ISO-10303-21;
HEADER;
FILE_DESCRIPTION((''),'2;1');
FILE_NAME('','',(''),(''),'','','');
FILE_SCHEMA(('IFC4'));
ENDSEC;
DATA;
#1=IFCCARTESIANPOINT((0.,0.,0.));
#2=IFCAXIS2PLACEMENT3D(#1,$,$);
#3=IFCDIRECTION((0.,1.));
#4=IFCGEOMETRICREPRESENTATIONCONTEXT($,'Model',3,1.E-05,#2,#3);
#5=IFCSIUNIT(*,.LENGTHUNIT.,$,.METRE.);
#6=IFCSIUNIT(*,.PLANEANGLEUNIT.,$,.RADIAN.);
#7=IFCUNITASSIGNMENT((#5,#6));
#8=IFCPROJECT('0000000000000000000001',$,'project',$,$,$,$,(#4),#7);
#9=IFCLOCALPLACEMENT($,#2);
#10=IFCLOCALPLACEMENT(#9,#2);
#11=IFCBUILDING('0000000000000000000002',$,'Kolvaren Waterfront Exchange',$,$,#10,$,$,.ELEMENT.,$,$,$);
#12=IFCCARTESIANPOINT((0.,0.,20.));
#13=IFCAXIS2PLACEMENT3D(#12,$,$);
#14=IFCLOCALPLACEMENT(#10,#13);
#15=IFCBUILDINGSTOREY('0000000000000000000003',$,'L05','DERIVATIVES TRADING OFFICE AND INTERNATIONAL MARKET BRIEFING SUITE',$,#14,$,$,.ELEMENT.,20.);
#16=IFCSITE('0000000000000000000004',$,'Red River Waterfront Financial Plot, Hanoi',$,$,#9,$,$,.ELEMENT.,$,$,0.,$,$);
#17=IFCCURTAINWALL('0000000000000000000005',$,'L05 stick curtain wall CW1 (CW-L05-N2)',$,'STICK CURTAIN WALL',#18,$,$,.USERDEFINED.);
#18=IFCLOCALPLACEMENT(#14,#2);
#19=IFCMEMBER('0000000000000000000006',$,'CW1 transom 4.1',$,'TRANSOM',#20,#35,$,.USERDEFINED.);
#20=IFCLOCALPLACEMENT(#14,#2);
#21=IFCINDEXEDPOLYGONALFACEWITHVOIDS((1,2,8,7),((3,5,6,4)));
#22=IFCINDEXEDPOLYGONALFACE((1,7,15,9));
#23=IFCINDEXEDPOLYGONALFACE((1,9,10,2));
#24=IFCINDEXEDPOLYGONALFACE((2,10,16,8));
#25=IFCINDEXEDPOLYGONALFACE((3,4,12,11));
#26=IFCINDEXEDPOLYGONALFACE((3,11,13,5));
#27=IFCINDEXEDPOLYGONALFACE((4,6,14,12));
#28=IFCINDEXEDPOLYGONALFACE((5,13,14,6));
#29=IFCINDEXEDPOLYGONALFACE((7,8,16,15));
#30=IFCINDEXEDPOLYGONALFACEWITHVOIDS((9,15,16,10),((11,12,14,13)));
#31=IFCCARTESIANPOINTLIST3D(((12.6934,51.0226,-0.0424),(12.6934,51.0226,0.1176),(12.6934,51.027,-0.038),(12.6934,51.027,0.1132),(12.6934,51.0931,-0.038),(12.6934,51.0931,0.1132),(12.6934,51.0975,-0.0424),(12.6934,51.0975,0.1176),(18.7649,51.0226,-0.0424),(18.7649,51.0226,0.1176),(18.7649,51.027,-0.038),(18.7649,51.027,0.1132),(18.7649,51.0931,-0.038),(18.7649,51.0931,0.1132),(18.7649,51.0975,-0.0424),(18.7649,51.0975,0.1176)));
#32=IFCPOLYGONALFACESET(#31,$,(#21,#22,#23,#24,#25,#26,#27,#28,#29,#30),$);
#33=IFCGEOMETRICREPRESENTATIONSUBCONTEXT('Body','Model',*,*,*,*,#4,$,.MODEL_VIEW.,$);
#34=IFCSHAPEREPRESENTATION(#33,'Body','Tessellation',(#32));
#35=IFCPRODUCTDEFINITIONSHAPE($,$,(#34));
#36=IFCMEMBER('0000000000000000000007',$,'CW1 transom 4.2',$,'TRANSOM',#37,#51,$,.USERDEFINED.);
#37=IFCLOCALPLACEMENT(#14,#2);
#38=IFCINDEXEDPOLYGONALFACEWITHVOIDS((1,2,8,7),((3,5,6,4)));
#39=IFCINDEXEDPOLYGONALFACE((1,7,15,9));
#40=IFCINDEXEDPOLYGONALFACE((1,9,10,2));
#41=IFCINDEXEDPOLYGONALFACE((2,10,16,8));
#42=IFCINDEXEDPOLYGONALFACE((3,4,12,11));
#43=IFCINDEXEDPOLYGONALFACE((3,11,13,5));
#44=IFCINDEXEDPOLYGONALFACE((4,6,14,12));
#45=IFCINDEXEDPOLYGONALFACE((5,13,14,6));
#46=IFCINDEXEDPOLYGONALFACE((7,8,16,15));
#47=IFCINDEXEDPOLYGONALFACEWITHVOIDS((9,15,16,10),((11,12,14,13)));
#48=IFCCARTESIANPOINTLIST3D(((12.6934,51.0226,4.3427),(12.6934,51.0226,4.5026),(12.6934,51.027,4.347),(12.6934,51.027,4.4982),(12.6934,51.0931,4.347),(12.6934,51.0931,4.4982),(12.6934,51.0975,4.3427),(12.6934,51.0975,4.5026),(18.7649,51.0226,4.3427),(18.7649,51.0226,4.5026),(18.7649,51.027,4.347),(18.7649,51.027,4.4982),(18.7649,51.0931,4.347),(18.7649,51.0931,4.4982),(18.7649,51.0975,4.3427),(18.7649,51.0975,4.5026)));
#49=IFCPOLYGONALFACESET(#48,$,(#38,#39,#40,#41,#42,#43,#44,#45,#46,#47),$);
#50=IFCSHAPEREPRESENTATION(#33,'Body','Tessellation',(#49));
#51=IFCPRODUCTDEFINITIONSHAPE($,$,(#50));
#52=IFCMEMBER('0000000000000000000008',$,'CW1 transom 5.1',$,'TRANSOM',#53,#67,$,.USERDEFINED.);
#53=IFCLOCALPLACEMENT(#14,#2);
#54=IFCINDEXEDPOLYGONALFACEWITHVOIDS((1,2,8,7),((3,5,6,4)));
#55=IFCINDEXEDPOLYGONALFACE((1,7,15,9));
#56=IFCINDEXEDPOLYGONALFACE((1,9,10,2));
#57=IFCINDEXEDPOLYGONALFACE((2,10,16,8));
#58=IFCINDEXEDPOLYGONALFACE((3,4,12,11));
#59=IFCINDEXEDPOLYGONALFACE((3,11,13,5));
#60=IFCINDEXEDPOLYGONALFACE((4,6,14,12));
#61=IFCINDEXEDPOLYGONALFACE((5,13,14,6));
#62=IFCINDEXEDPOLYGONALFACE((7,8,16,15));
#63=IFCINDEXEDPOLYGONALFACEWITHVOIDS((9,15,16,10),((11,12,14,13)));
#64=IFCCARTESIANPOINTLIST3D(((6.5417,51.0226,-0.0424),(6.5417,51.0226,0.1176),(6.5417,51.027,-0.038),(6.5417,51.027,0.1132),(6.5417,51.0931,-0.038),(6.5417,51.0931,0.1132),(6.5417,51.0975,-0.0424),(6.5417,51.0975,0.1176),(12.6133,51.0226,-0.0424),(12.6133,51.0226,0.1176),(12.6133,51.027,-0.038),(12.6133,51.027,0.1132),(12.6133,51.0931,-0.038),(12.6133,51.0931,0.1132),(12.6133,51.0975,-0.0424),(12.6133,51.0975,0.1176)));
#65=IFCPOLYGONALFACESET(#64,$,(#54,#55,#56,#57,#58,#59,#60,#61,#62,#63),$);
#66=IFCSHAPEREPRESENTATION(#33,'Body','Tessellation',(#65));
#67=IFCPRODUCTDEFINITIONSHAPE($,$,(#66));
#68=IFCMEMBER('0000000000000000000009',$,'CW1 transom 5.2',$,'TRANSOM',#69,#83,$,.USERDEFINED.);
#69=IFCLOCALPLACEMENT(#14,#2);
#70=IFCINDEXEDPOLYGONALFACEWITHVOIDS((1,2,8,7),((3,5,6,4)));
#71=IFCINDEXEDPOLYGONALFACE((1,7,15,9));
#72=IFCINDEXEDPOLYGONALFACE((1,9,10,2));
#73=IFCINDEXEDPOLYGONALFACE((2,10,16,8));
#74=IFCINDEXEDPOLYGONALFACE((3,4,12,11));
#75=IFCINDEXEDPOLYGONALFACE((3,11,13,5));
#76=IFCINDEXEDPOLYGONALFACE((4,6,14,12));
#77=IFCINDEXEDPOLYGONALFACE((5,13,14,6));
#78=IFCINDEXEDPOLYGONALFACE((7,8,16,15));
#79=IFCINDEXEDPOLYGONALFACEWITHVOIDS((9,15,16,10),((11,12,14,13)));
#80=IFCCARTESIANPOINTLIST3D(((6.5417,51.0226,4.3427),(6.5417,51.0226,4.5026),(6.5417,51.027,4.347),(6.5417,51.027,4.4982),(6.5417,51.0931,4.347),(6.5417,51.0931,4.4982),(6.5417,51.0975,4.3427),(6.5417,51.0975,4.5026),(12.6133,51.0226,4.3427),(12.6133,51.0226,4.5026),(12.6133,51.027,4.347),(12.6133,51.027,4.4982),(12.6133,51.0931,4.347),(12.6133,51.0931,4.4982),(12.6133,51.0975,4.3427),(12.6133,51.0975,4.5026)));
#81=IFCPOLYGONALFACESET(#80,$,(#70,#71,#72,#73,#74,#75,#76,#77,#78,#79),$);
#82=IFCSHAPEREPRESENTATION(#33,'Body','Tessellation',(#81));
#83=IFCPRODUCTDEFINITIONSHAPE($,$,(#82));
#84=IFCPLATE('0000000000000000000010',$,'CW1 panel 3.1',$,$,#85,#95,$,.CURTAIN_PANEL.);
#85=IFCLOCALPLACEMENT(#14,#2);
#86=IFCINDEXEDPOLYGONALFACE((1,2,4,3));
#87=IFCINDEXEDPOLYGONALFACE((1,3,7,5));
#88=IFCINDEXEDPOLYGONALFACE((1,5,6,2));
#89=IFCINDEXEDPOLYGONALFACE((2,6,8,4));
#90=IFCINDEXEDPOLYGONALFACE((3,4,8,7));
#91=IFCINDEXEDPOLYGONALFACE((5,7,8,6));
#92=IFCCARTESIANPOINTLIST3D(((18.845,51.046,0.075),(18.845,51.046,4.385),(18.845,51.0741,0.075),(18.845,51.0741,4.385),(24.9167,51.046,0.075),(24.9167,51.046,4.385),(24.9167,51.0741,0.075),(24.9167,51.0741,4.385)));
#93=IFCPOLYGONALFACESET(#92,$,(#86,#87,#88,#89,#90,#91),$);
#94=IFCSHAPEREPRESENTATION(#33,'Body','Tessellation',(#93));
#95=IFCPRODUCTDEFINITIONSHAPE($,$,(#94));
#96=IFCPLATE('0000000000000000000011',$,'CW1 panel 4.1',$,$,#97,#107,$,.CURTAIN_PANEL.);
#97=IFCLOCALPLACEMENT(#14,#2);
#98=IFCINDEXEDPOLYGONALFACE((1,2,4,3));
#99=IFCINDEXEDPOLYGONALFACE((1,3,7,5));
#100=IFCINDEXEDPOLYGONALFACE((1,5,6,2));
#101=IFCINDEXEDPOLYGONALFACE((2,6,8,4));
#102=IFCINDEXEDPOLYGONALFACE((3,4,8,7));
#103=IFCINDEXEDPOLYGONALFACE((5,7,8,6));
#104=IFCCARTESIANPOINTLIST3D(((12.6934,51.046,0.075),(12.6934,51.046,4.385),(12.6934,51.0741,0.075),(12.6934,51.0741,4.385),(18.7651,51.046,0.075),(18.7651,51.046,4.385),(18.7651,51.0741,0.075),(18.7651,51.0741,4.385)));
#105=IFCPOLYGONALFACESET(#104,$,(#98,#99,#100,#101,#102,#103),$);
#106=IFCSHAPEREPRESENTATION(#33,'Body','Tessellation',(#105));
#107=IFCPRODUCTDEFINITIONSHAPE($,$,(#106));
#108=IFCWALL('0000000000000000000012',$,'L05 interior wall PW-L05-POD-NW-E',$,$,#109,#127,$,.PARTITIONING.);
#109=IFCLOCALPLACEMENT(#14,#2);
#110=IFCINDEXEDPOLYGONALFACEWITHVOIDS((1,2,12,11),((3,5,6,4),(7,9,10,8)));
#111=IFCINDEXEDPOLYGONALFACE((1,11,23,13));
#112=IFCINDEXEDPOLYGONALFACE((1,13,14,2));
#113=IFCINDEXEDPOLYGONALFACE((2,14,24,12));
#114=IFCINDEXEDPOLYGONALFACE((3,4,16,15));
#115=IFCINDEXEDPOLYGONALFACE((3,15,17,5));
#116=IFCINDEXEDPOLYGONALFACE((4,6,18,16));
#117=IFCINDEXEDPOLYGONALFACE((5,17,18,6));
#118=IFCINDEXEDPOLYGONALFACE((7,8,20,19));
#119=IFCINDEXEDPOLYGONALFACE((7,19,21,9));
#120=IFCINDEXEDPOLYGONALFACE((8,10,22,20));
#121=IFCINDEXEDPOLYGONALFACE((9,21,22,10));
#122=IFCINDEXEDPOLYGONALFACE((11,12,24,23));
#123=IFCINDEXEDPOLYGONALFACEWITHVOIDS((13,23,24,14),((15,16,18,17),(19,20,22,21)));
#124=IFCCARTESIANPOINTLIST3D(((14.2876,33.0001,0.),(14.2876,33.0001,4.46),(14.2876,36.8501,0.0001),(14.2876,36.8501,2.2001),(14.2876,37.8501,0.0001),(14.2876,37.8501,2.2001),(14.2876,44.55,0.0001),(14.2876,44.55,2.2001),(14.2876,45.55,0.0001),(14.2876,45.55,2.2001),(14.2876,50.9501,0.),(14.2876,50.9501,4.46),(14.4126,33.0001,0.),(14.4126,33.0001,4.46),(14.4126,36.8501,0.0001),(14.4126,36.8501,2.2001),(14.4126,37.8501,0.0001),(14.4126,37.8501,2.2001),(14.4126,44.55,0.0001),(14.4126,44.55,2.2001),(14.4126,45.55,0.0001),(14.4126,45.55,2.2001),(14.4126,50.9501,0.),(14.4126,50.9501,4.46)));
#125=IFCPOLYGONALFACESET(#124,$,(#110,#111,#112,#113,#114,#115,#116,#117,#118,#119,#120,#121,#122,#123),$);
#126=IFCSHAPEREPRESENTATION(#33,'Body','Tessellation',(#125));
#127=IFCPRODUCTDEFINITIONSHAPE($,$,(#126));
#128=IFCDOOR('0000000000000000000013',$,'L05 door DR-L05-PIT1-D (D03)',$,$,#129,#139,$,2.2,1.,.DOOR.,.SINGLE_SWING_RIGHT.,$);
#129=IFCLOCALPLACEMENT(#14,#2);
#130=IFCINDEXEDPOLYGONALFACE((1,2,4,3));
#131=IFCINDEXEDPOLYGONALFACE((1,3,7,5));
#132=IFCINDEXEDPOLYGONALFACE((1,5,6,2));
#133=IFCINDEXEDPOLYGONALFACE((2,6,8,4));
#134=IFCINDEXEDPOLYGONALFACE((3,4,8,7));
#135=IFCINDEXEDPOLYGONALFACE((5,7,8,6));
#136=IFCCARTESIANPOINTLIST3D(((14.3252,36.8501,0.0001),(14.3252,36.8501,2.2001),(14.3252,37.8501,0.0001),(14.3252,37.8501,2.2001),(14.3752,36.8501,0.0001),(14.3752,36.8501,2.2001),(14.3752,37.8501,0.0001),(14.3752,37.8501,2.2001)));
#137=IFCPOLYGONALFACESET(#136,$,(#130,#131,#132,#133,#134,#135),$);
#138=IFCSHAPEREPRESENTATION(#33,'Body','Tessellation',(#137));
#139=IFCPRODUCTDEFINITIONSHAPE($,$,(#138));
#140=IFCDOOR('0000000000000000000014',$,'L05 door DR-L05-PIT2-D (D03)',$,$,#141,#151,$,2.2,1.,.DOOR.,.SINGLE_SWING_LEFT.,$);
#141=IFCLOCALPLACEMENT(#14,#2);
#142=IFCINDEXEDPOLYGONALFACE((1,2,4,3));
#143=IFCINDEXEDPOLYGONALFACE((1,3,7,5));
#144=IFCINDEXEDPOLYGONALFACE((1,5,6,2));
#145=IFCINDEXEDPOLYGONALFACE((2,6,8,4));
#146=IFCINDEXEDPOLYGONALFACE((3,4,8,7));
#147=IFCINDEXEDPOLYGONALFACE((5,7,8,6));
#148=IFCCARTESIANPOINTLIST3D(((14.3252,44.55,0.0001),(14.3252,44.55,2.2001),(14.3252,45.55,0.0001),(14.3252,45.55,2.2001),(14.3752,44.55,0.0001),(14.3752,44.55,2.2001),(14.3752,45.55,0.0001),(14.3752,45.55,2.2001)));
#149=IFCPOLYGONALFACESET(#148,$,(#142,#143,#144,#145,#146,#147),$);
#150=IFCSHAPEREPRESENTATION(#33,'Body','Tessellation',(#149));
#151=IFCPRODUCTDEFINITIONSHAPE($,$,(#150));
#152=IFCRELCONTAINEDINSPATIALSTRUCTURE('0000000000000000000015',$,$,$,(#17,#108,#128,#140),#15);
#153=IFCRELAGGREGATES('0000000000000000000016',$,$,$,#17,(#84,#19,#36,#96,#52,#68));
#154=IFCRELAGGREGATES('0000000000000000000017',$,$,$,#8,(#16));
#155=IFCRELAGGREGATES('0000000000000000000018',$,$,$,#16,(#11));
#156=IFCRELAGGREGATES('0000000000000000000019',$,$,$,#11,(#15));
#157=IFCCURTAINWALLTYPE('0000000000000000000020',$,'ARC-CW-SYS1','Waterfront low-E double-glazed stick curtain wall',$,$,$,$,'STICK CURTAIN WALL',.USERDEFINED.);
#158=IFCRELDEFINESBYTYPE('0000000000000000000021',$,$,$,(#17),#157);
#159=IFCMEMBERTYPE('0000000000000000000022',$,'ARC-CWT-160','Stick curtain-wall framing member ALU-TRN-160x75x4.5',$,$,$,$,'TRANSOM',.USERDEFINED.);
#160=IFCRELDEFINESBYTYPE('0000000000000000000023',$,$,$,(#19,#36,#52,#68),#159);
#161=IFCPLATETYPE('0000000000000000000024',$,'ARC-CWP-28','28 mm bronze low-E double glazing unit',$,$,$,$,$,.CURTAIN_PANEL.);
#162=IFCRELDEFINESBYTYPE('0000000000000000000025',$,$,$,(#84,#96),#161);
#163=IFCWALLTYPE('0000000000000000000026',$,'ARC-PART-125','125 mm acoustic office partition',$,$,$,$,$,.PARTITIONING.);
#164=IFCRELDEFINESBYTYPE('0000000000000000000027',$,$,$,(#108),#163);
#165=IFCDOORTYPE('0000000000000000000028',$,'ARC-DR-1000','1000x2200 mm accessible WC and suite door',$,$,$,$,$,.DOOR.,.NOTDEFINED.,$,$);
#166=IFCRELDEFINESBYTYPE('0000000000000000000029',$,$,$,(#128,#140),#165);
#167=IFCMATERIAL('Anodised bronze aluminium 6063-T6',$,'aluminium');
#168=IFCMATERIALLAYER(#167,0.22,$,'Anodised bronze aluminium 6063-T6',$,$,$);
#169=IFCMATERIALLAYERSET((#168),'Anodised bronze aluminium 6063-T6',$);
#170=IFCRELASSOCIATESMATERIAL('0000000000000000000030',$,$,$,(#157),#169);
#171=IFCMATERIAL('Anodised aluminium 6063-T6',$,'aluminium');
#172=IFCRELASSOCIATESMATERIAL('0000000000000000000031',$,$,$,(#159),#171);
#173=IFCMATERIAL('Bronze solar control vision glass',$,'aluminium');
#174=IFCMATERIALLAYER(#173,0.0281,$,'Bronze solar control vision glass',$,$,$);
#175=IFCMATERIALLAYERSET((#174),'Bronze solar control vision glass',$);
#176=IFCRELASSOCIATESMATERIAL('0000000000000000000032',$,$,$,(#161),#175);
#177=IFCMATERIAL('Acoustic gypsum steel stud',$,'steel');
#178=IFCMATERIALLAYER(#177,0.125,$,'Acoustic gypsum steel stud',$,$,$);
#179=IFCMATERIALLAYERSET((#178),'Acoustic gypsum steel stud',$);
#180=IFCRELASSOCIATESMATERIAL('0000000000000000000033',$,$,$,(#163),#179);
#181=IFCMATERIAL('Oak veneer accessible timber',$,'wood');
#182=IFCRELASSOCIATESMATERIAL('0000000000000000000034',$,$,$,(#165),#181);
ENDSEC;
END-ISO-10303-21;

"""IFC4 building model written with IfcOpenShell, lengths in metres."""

from ifc_helpers import new_model, si_unit, direction, frame, frame_2d, origin, origin_with_axes, origin_2d, place, context, subcontext, project, spatial, rectangle, hollow_rectangle, extrude, source, transform, mapped, material, layer, layer_set, material_profile, profile_set, type_object, element, fill, aggregate, save


model = new_model("IFC4")

# Units and contexts
model_context = context("Model", 3, precision=1e-05, world=origin(), true_north=direction((0.0, 1.0)))
body_context = subcontext(model_context, "Body", "Model", "MODEL_VIEW")
ifc_project = project(units=[si_unit("LENGTHUNIT", "METRE"), si_unit("PLANEANGLEUNIT", "RADIAN")], contexts=[model_context])

# Site, building, storey
site_placement = place(None, origin())
site = spatial("IfcSite", under=ifc_project, at=site_placement, Name="Red River Waterfront Financial Plot, Hanoi", CompositionType="ELEMENT", RefElevation=0.0)
building_placement = place(site_placement, origin())
building = spatial("IfcBuilding", under=site, at=building_placement, Name="Kolvaren Waterfront Exchange", CompositionType="ELEMENT")
storey_placement = place(building_placement, frame((0.0, 0.0, 20.0)))
storey = spatial("IfcBuildingStorey", under=building, at=storey_placement, Name="L05", Description="DERIVATIVES TRADING OFFICE AND INTERNATIONAL MARKET BRIEFING SUITE", CompositionType="ELEMENT", Elevation=20.0)

# Curtain wall, members, plates
ifc_material_1 = material(Name="Anodised bronze aluminium 6063-T6", Category="aluminium")
ifc_layer_1 = layer(ifc_material_1, 0.22, Name="Anodised bronze aluminium 6063-T6")
ifc_layer_set_1 = layer_set([ifc_layer_1], Name="Anodised bronze aluminium 6063-T6")
curtain_wall_type = type_object("IfcCurtainWallType", Name="ARC-CW-SYS1", Description="Waterfront low-E double-glazed stick curtain wall", ElementType="STICK CURTAIN WALL", PredefinedType="USERDEFINED", material=ifc_layer_set_1)
curtain_wall_placement = place(storey_placement, origin())
curtain_wall = element("IfcCurtainWall", 1, at=curtain_wall_placement, inside=storey, type_object=curtain_wall_type, Name="L05 stick curtain wall CW1 (CW-L05-N2)", ObjectType="STICK CURTAIN WALL", PredefinedType="USERDEFINED")
ifc_material_2 = material(Name="Anodised aluminium 6063-T6", Category="aluminium")
ifc_material_profile_1 = material_profile(ifc_material_2, hollow_rectangle(XDim=0.075, YDim=0.1599, WallThickness=0.0044, at=origin_2d()), Name="ALU-TRN-160x75x4.5")
ifc_profile_set_1 = profile_set([ifc_material_profile_1], Name="Anodised aluminium 6063-T6")
member_type_1 = type_object("IfcMemberType", Name="ARC-CWT-160", Description="Stick curtain-wall framing member ALU-TRN-160x75x4.5", ElementType="TRANSOM", PredefinedType="USERDEFINED", material=ifc_profile_set_1)
shared_shape_1 = source(origin_with_axes(), body_context, "Body", "SweptSolid", [
    extrude(hollow_rectangle(XDim=0.075, YDim=0.1599, WallThickness=0.0044, at=origin_2d()), origin(), (0.0, 0.0, 1.0), 6.0715),
])
member_1_placement = place(storey_placement, frame((18.7649, 51.0601, 0.0376), z_axis=(-1.0, 0.0, 0.0), x_axis=(0.0, -1.0, 0.0)))
member_1 = element("IfcMember", 2, at=member_1_placement, type_object=member_type_1, Name="CW1 transom 4.1", ObjectType="TRANSOM", PredefinedType="USERDEFINED", context=body_context, shape_type="MappedRepresentation", body=[
    mapped(shared_shape_1, transform((0.0, 0.0, 0.0), x_axis=(1.0, 0.0, 0.0), y_axis=(0.0, 1.0, 0.0), z_axis=(0.0, 0.0, 1.0), scale=1.0)),
])
member_2_placement = place(storey_placement, frame((18.7649, 51.0601, 4.4226), z_axis=(-1.0, 0.0, 0.0), x_axis=(0.0, -1.0, 0.0)))
member_2 = element("IfcMember", 3, at=member_2_placement, type_object=member_type_1, Name="CW1 transom 4.2", ObjectType="TRANSOM", PredefinedType="USERDEFINED", context=body_context, shape_type="MappedRepresentation", body=[
    mapped(shared_shape_1, transform((0.0, 0.0, 0.0), x_axis=(1.0, 0.0, 0.0), y_axis=(0.0, 1.0, 0.0), z_axis=(0.0, 0.0, 1.0), scale=1.0)),
])
member_3_placement = place(storey_placement, frame((12.6133, 51.0601, 0.0376), z_axis=(-1.0, 0.0, 0.0), x_axis=(0.0, -1.0, 0.0)))
member_3 = element("IfcMember", 4, at=member_3_placement, type_object=member_type_1, Name="CW1 transom 5.1", ObjectType="TRANSOM", PredefinedType="USERDEFINED", context=body_context, shape_type="MappedRepresentation", body=[
    mapped(shared_shape_1, transform((0.0, 0.0, 0.0), x_axis=(1.0, 0.0, 0.0), y_axis=(0.0, 1.0, 0.0), z_axis=(0.0, 0.0, 1.0), scale=1.0)),
])
member_4_placement = place(storey_placement, frame((12.6133, 51.0601, 4.4226), z_axis=(-1.0, 0.0, 0.0), x_axis=(0.0, -1.0, 0.0)))
member_4 = element("IfcMember", 5, at=member_4_placement, type_object=member_type_1, Name="CW1 transom 5.2", ObjectType="TRANSOM", PredefinedType="USERDEFINED", context=body_context, shape_type="MappedRepresentation", body=[
    mapped(shared_shape_1, transform((0.0, 0.0, 0.0), x_axis=(1.0, 0.0, 0.0), y_axis=(0.0, 1.0, 0.0), z_axis=(0.0, 0.0, 1.0), scale=1.0)),
])
ifc_material_3 = material(Name="Bronze solar control vision glass", Category="aluminium")
ifc_layer_2 = layer(ifc_material_3, 0.0281, Name="Bronze solar control vision glass")
ifc_layer_set_2 = layer_set([ifc_layer_2], Name="Bronze solar control vision glass")
plate_type = type_object("IfcPlateType", Name="ARC-CWP-28", Description="28 mm bronze low-E double glazing unit", PredefinedType="CURTAIN_PANEL", material=ifc_layer_set_2)
shared_shape_2 = source(origin_with_axes(), body_context, "Body", "SweptSolid", [
    extrude(rectangle(XDim=6.0718, YDim=0.0281, at=origin_2d()), origin(), (0.0, 0.0, 1.0), 4.3101),
])
plate_1_placement = place(storey_placement, frame((21.8809, 51.0601, 0.075), z_axis=(0.0, 0.0, 1.0), x_axis=(-1.0, 0.0, 0.0)))
plate_1 = element("IfcPlate", 6, at=plate_1_placement, type_object=plate_type, Name="CW1 panel 3.1", PredefinedType="CURTAIN_PANEL", context=body_context, shape_type="MappedRepresentation", body=[
    mapped(shared_shape_2, transform((0.0, 0.0, 0.0), x_axis=(1.0, 0.0, 0.0), y_axis=(0.0, 1.0, 0.0), z_axis=(0.0, 0.0, 1.0), scale=1.0)),
])
plate_2_placement = place(storey_placement, frame((15.7292, 51.0601, 0.075), z_axis=(0.0, 0.0, 1.0), x_axis=(-1.0, 0.0, 0.0)))
plate_2 = element("IfcPlate", 7, at=plate_2_placement, type_object=plate_type, Name="CW1 panel 4.1", PredefinedType="CURTAIN_PANEL", context=body_context, shape_type="MappedRepresentation", body=[
    mapped(shared_shape_2, transform((0.0, 0.0, 0.0), x_axis=(1.0, 0.0, 0.0), y_axis=(0.0, 1.0, 0.0), z_axis=(0.0, 0.0, 1.0), scale=1.0)),
])
aggregate(curtain_wall, [plate_1, member_1, member_2, plate_2, member_3, member_4])

# Wall, openings, doors
ifc_material_4 = material(Name="Acoustic gypsum steel stud", Category="steel")
ifc_layer_3 = layer(ifc_material_4, 0.125, Name="Acoustic gypsum steel stud")
ifc_layer_set_3 = layer_set([ifc_layer_3], Name="Acoustic gypsum steel stud")
wall_type = type_object("IfcWallType", Name="ARC-PART-125", Description="125 mm acoustic office partition", PredefinedType="PARTITIONING", material=ifc_layer_set_3)
wall_1_placement = place(storey_placement, frame((14.3501, 33.0, 0.0), z_axis=(0.0, 0.0, 1.0), x_axis=(0.0, 1.0, 0.0)))
wall_1 = element("IfcWall", 8, at=wall_1_placement, inside=storey, type_object=wall_type, Name="L05 interior wall PW-L05-POD-NW-E", PredefinedType="PARTITIONING", context=body_context, shape_type="SweptSolid", body=[
    extrude(rectangle(XDim=17.95, YDim=0.125, at=frame_2d((8.9751, 0.0))), origin(), (0.0, 0.0, 1.0), 4.46),
])
opening_1_placement = place(wall_1_placement, frame((3.8501, 0.0, 0.0)))
opening_1 = element("IfcOpeningElement", 9, at=opening_1_placement, cuts=wall_1, PredefinedType="OPENING", context=body_context, shape_type="SweptSolid", body=[
    extrude(rectangle(XDim=1.0, YDim=2.2, at=frame_2d((0.5, 1.1001))), frame((0.0, 0.0725, 0.0), z_axis=(0.0, -1.0, 0.0), x_axis=(1.0, 0.0, 0.0)), (0.0, 0.0, 1.0), 0.145),
])
opening_2_placement = place(wall_1_placement, frame((11.55, 0.0, 0.0)))
opening_2 = element("IfcOpeningElement", 10, at=opening_2_placement, cuts=wall_1, PredefinedType="OPENING", context=body_context, shape_type="SweptSolid", body=[
    extrude(rectangle(XDim=1.0, YDim=2.2, at=frame_2d((0.5, 1.1001))), frame((0.0, 0.0725, 0.0), z_axis=(0.0, -1.0, 0.0), x_axis=(1.0, 0.0, 0.0)), (0.0, 0.0, 1.0), 0.145),
])
ifc_material_5 = material(Name="Oak veneer accessible timber", Category="wood")
door_type_1 = type_object("IfcDoorType", Name="ARC-DR-1000", Description="1000x2200 mm accessible WC and suite door", OperationType="NOTDEFINED", PredefinedType="DOOR", material=ifc_material_5)
door_1_placement = place(opening_1_placement, origin())
door_1 = element("IfcDoor", 11, at=door_1_placement, inside=storey, type_object=door_type_1, Name="L05 door DR-L05-PIT1-D (D03)", OperationType="SINGLE_SWING_RIGHT", OverallHeight=2.2, OverallWidth=1.0, PredefinedType="DOOR", context=body_context, shape_type="SweptSolid", body=[
    extrude(rectangle(XDim=1.0, YDim=2.2, at=frame_2d((0.5, 1.1001))), frame((0.0, 0.0249, 0.0), z_axis=(0.0, -1.0, 0.0), x_axis=(1.0, 0.0, 0.0)), (0.0, 0.0, 1.0), 0.05),
])
fill(opening_1, door_1)
door_2_placement = place(opening_2_placement, origin())
door_2 = element("IfcDoor", 12, at=door_2_placement, inside=storey, type_object=door_type_1, Name="L05 door DR-L05-PIT2-D (D03)", OperationType="SINGLE_SWING_LEFT", OverallHeight=2.2, OverallWidth=1.0, PredefinedType="DOOR", context=body_context, shape_type="SweptSolid", body=[
    extrude(rectangle(XDim=1.0, YDim=2.2, at=frame_2d((0.5, 1.1001))), frame((0.0, 0.0249, 0.0), z_axis=(0.0, -1.0, 0.0), x_axis=(1.0, 0.0, 0.0)), (0.0, 0.0, 1.0), 0.05),
])
fill(opening_2, door_2)

save(model, "model.ifc")
